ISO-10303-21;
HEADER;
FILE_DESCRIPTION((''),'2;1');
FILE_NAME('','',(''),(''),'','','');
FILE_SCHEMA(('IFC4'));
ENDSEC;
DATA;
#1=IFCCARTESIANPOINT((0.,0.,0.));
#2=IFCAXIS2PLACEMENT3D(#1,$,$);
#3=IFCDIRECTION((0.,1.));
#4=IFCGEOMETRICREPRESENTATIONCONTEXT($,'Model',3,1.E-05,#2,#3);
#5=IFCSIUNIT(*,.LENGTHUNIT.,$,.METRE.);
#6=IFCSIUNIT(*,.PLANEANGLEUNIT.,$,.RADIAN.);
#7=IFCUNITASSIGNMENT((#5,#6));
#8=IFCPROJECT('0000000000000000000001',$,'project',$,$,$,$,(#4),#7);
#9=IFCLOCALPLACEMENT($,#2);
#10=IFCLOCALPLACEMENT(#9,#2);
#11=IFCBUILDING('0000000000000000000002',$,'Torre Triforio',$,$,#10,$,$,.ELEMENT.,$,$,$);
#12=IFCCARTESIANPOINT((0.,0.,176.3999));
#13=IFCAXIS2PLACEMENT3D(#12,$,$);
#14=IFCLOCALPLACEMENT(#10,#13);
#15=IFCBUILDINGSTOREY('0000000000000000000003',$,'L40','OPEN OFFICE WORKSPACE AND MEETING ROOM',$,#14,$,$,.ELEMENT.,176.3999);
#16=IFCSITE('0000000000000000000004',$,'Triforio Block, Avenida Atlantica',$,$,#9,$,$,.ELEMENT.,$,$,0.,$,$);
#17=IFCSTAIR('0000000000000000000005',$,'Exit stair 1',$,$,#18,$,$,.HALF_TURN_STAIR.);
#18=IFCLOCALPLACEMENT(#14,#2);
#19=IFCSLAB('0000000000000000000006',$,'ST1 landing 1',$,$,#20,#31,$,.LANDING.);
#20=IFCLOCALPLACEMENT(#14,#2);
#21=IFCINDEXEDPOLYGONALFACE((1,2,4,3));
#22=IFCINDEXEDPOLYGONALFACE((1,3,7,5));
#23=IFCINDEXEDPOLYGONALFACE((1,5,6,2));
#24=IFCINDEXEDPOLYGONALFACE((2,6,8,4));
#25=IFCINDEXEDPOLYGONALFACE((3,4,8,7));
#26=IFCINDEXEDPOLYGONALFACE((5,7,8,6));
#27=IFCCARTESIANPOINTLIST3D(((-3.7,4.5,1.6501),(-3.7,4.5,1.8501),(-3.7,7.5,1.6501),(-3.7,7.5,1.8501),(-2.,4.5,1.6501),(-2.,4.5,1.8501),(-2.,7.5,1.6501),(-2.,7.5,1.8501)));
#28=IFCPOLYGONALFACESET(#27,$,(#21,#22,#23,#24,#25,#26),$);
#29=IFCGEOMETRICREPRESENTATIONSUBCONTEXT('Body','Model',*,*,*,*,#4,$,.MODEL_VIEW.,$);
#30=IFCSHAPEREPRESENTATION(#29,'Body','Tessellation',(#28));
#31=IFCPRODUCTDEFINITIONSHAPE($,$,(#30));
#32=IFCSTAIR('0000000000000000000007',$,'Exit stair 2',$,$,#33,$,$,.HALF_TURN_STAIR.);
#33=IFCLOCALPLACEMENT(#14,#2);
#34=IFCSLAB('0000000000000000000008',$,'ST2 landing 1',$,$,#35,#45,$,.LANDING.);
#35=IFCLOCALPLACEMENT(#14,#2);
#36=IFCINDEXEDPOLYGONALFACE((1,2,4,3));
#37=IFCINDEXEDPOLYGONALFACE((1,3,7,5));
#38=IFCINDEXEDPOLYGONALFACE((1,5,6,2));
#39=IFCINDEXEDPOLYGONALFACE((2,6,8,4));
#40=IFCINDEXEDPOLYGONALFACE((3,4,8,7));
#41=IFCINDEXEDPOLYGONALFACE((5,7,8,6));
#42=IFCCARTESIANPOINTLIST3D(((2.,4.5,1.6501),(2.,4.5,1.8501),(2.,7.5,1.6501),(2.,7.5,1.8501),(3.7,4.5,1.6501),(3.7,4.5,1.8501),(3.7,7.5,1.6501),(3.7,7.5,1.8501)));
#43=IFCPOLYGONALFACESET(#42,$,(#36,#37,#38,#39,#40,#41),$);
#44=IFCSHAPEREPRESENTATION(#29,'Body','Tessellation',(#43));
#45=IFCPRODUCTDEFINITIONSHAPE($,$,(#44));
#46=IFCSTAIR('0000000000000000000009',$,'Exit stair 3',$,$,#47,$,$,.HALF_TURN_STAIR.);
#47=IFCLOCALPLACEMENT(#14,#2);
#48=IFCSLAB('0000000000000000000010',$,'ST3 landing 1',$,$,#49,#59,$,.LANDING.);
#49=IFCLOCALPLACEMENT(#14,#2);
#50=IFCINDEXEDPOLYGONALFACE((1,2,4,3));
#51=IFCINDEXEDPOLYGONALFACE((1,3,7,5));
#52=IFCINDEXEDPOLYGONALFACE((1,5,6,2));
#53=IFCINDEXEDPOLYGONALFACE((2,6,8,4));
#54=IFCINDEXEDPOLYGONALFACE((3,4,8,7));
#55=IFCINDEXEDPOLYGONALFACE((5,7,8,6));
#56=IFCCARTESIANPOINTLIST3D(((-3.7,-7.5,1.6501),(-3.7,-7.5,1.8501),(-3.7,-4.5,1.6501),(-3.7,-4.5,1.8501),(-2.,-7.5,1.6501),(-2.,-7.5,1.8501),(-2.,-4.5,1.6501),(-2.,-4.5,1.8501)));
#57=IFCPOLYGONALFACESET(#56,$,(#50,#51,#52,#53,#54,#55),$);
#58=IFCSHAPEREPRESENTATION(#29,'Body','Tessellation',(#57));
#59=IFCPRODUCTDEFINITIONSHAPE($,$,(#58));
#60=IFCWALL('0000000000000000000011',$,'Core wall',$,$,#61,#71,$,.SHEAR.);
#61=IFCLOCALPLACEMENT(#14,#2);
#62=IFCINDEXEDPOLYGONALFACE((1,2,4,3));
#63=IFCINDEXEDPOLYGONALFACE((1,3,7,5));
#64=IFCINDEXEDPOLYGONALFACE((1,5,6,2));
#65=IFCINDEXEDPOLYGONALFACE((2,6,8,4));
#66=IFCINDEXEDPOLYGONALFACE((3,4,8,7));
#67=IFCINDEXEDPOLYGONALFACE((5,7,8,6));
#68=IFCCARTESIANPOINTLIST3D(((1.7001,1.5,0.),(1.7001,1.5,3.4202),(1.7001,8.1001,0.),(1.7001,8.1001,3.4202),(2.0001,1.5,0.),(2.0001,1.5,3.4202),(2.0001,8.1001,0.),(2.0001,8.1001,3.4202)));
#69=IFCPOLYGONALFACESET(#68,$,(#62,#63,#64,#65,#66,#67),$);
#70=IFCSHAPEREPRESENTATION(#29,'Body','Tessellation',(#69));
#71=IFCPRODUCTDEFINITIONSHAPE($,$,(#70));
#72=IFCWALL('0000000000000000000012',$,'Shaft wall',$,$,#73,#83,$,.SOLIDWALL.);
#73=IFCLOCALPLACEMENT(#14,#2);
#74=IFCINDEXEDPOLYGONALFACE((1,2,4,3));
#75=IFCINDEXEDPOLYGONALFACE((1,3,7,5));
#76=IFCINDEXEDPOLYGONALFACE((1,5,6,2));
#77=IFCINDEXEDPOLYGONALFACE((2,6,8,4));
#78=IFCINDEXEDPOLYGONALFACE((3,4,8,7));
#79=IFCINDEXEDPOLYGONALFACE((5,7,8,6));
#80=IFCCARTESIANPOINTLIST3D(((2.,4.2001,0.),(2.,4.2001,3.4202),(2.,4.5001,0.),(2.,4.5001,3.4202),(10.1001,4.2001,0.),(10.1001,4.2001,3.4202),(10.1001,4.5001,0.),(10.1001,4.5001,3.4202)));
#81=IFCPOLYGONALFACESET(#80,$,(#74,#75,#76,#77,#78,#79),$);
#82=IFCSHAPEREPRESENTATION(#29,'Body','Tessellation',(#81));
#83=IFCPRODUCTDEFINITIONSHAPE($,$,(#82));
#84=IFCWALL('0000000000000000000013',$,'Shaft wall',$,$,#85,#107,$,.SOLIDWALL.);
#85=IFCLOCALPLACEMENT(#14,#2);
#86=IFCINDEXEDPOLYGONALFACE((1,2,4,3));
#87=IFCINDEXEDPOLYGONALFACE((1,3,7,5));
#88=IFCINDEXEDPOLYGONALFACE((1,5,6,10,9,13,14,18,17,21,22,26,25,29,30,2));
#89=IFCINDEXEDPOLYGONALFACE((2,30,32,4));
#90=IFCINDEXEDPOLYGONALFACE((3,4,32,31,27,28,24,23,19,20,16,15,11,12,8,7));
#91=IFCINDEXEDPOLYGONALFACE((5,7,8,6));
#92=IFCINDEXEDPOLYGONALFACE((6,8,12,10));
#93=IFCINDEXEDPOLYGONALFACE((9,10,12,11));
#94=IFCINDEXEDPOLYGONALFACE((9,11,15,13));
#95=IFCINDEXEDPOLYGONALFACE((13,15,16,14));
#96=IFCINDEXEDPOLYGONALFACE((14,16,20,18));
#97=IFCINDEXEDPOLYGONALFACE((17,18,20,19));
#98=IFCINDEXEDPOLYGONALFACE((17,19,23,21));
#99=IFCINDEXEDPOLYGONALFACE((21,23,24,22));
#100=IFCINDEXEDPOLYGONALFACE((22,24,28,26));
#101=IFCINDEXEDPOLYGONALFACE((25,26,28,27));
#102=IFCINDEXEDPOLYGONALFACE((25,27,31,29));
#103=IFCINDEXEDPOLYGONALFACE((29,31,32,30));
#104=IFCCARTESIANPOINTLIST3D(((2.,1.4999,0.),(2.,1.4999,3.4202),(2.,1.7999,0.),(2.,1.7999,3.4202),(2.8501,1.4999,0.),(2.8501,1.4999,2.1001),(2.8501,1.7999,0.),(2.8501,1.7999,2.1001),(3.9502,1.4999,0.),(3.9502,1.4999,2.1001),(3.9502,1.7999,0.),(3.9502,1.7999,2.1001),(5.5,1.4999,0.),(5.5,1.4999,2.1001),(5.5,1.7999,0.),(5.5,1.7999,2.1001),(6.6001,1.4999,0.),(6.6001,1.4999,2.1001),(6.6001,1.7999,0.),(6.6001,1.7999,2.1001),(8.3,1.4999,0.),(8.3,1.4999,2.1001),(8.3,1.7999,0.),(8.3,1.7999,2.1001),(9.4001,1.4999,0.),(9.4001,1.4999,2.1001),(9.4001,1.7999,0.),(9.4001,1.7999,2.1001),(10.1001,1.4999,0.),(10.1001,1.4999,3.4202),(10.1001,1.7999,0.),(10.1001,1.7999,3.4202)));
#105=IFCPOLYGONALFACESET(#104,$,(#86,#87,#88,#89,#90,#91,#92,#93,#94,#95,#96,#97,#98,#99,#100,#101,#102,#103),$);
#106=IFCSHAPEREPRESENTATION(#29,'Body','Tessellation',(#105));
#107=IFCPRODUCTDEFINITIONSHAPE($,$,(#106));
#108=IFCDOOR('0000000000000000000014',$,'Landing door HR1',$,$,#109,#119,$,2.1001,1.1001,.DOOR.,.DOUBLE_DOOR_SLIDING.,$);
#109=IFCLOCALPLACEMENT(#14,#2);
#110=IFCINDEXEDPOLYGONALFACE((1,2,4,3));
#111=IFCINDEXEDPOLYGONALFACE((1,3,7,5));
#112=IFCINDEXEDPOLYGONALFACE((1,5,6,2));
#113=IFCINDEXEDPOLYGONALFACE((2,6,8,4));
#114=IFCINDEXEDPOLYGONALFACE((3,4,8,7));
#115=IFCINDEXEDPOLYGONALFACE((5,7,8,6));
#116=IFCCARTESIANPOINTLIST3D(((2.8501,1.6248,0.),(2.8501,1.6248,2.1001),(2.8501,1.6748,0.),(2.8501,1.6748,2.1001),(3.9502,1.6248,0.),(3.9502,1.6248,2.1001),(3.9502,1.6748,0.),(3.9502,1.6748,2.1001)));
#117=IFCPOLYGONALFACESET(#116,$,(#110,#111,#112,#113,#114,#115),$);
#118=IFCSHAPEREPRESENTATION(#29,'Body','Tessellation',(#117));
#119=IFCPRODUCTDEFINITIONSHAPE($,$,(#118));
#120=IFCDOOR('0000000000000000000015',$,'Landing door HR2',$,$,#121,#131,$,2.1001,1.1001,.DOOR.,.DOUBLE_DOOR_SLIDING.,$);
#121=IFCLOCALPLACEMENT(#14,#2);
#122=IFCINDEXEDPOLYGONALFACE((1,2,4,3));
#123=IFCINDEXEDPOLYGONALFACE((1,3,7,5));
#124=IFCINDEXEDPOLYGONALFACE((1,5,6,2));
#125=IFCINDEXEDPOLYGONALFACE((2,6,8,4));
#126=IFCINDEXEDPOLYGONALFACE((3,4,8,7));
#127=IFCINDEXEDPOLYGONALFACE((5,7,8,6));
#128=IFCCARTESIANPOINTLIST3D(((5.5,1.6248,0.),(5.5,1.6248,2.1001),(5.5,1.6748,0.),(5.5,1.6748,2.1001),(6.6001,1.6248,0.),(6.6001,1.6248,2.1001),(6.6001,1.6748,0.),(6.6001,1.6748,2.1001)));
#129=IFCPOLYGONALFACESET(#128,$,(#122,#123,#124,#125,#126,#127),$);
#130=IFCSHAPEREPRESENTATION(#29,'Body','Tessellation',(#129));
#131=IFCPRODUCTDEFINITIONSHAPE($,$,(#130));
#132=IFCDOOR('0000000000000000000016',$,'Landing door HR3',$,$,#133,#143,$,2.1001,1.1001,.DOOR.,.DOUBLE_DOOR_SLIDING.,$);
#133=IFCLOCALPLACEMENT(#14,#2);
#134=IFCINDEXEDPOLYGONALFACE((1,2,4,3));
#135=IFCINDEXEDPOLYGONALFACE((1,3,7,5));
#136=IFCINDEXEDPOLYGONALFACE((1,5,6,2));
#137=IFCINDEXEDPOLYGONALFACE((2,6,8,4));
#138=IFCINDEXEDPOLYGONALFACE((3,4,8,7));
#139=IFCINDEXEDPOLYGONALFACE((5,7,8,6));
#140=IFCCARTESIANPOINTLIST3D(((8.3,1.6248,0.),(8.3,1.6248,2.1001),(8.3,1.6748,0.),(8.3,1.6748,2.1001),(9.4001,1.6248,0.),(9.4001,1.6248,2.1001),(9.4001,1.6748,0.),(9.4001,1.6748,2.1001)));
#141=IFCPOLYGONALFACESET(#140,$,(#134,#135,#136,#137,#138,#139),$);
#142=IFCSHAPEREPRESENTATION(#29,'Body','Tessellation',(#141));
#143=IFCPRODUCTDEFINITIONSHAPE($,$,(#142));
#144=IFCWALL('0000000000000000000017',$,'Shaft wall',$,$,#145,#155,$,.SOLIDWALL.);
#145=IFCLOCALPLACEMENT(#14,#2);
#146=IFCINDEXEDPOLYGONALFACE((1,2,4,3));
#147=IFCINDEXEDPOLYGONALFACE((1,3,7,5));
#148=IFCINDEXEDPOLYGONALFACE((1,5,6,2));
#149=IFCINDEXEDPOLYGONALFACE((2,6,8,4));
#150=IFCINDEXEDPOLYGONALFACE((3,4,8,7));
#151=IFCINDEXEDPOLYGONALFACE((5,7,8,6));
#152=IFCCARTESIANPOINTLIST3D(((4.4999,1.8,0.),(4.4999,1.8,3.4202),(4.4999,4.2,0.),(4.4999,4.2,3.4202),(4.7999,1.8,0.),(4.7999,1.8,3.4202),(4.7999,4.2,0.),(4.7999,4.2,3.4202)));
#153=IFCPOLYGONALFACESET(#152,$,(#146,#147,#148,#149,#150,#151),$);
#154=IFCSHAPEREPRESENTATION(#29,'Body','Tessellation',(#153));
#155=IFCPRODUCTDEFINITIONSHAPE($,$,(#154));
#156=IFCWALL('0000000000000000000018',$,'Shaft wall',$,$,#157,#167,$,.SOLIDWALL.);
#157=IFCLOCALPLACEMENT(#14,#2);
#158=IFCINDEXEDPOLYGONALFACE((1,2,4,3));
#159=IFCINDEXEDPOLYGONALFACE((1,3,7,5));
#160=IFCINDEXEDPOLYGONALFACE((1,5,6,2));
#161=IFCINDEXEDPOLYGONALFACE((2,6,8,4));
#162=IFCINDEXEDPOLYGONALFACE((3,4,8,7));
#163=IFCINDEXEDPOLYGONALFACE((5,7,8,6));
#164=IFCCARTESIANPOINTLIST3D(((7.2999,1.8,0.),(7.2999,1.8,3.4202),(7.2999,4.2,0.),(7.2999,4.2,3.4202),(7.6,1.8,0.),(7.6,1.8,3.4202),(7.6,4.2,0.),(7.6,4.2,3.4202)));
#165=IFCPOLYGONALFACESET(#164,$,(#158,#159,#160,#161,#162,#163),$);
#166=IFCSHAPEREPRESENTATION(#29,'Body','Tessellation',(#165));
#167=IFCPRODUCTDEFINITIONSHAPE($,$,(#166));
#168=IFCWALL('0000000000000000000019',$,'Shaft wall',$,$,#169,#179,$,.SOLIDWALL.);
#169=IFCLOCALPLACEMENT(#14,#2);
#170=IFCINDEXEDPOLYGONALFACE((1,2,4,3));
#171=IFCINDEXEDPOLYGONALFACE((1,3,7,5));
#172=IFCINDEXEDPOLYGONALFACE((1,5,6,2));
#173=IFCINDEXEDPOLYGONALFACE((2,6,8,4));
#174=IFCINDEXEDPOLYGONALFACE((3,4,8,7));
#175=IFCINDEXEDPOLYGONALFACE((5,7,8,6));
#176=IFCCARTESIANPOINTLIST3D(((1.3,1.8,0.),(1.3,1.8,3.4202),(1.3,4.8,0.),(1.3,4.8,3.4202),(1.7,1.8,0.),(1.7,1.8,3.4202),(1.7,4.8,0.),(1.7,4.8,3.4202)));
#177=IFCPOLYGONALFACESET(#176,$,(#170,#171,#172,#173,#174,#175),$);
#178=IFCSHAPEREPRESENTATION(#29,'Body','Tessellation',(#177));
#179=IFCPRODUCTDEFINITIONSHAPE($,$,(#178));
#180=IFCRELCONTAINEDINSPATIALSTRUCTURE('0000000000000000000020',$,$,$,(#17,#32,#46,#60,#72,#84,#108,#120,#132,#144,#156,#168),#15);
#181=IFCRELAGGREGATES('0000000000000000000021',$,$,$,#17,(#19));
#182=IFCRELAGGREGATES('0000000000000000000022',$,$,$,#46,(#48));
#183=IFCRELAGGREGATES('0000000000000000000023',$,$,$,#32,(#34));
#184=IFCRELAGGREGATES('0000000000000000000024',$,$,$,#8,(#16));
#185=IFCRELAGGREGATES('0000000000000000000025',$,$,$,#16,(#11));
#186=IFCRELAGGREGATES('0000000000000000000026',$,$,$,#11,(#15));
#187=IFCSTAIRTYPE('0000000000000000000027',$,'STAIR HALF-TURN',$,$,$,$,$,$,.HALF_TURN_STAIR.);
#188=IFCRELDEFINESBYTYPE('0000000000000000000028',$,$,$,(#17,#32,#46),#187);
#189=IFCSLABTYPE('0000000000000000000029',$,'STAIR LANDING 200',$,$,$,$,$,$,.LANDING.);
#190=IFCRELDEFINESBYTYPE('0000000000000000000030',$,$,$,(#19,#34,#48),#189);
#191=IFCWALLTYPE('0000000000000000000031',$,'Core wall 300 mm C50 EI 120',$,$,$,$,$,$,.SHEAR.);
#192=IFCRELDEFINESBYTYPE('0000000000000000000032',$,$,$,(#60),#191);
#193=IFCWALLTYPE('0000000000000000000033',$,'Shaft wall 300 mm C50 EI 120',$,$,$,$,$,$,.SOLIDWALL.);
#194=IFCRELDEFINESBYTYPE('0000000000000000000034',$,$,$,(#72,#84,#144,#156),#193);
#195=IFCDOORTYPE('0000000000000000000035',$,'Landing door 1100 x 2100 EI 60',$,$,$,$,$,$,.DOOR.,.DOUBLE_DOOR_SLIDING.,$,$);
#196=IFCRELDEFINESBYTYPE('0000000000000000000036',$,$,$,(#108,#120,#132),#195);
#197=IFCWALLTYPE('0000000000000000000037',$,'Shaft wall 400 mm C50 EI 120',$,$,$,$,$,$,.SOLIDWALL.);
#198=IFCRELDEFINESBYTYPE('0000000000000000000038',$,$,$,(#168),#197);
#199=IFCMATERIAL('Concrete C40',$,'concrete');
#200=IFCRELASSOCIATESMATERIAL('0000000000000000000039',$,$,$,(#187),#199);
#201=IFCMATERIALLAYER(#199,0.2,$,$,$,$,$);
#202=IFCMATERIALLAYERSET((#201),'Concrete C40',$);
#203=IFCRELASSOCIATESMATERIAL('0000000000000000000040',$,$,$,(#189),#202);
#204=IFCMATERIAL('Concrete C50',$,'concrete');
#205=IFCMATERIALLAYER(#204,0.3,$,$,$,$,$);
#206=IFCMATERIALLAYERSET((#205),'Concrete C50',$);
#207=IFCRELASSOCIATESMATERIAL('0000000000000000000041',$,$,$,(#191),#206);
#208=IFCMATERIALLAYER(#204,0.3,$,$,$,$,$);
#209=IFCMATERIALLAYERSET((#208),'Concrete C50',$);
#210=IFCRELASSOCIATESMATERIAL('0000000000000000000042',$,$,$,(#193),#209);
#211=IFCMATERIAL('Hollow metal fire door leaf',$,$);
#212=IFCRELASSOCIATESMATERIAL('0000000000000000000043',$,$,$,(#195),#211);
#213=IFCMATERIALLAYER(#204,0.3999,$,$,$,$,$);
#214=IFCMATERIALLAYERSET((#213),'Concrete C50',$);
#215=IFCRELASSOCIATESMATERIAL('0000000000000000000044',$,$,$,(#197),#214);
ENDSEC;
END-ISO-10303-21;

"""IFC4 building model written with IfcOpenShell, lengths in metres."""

from ifc_helpers import new_model, si_unit, direction, frame, frame_2d, origin, place, context, subcontext, project, spatial, polyline, rectangle, outline, extrude, material, layer, layer_set, type_object, element, fill, aggregate, save


model = new_model("IFC4")

# Units and contexts
model_context = context("Model", 3, precision=1e-05, world=origin(), true_north=direction((0.0, 1.0)))
body_context = subcontext(model_context, "Body", "Model", "MODEL_VIEW")
ifc_project = project(units=[si_unit("LENGTHUNIT", "METRE"), si_unit("PLANEANGLEUNIT", "RADIAN")], contexts=[model_context])

# Site, building, storey
site_placement = place(None, origin())
site = spatial("IfcSite", under=ifc_project, at=site_placement, Name="Triforio Block, Avenida Atlantica", CompositionType="ELEMENT", RefElevation=0.0)
building_placement = place(site_placement, origin())
building = spatial("IfcBuilding", under=site, at=building_placement, Name="Torre Triforio", CompositionType="ELEMENT")
storey_placement = place(building_placement, frame((0.0, 0.0, 176.3999)))
storey = spatial("IfcBuildingStorey", under=building, at=storey_placement, Name="L40", Description="OPEN OFFICE WORKSPACE AND MEETING ROOM", CompositionType="ELEMENT", Elevation=176.3999)

# Stairs, slabs
ifc_material_1 = material(Name="Concrete C40", Category="concrete")
stair_type = type_object("IfcStairType", Name="STAIR HALF-TURN", PredefinedType="HALF_TURN_STAIR", material=ifc_material_1)
stair_1_placement = place(storey_placement, origin())
stair_1 = element("IfcStair", 1, at=stair_1_placement, inside=storey, type_object=stair_type, Name="Exit stair 1", PredefinedType="HALF_TURN_STAIR")
ifc_layer_1 = layer(ifc_material_1, 0.2)
ifc_layer_set_1 = layer_set([ifc_layer_1], Name="Concrete C40")
slab_type = type_object("IfcSlabType", Name="STAIR LANDING 200", PredefinedType="LANDING", material=ifc_layer_set_1)
slab_1_placement = place(storey_placement, frame((0.0, 0.0, 1.6501)))
slab_1 = element("IfcSlab", 2, at=slab_1_placement, type_object=slab_type, Name="ST1 landing 1", PredefinedType="LANDING", context=body_context, shape_type="SweptSolid", body=[
    extrude(outline(polyline([(-2.0, 4.5), (-2.0, 7.5), (-3.7, 7.5), (-3.7, 4.5), (-2.0, 4.5)])), origin(), (0.0, 0.0, 1.0), 0.2),
])
aggregate(stair_1, [slab_1])
stair_2_placement = place(storey_placement, origin())
stair_2 = element("IfcStair", 3, at=stair_2_placement, inside=storey, type_object=stair_type, Name="Exit stair 2", PredefinedType="HALF_TURN_STAIR")
slab_2_placement = place(storey_placement, frame((0.0, 0.0, 1.6501)))
slab_2 = element("IfcSlab", 4, at=slab_2_placement, type_object=slab_type, Name="ST2 landing 1", PredefinedType="LANDING", context=body_context, shape_type="SweptSolid", body=[
    extrude(outline(polyline([(3.7, 4.5), (3.7, 7.5), (2.0, 7.5), (2.0, 4.5), (3.7, 4.5)])), origin(), (0.0, 0.0, 1.0), 0.2),
])
stair_3_placement = place(storey_placement, origin())
stair_3 = element("IfcStair", 5, at=stair_3_placement, inside=storey, type_object=stair_type, Name="Exit stair 3", PredefinedType="HALF_TURN_STAIR")
slab_3_placement = place(storey_placement, frame((0.0, 0.0, 1.6501)))
slab_3 = element("IfcSlab", 6, at=slab_3_placement, type_object=slab_type, Name="ST3 landing 1", PredefinedType="LANDING", context=body_context, shape_type="SweptSolid", body=[
    extrude(outline(polyline([(-2.0, -7.5), (-2.0, -4.5), (-3.7, -4.5), (-3.7, -7.5), (-2.0, -7.5)])), origin(), (0.0, 0.0, 1.0), 0.2),
])
aggregate(stair_3, [slab_3])

# Walls
ifc_material_2 = material(Name="Concrete C50", Category="concrete")
ifc_layer_2 = layer(ifc_material_2, 0.3)
ifc_layer_set_2 = layer_set([ifc_layer_2], Name="Concrete C50")
wall_type_1 = type_object("IfcWallType", Name="Core wall 300 mm C50 EI 120", PredefinedType="SHEAR", material=ifc_layer_set_2)
wall_1_placement = place(storey_placement, frame((1.8501, 1.5, 0.0), z_axis=(0.0, 0.0, 1.0), x_axis=(0.0, 1.0, 0.0)))
element("IfcWall", 7, at=wall_1_placement, inside=storey, type_object=wall_type_1, Name="Core wall", PredefinedType="SHEAR", context=body_context, shape_type="SweptSolid", body=[
    extrude(rectangle(XDim=6.6001, YDim=0.3, at=frame_2d((3.3, 0.0))), origin(), (0.0, 0.0, 1.0), 3.4202),
])
ifc_layer_3 = layer(ifc_material_2, 0.3)
ifc_layer_set_3 = layer_set([ifc_layer_3], Name="Concrete C50")
wall_type_2 = type_object("IfcWallType", Name="Shaft wall 300 mm C50 EI 120", PredefinedType="SOLIDWALL", material=ifc_layer_set_3)
wall_2_placement = place(storey_placement, frame((2.0, 4.3501, 0.0), z_axis=(0.0, 0.0, 1.0), x_axis=(1.0, 0.0, 0.0)))
element("IfcWall", 8, at=wall_2_placement, inside=storey, type_object=wall_type_2, Name="Shaft wall", PredefinedType="SOLIDWALL", context=body_context, shape_type="SweptSolid", body=[
    extrude(rectangle(XDim=8.1001, YDim=0.3, at=frame_2d((4.05, 0.0))), origin(), (0.0, 0.0, 1.0), 3.4202),
])

# Wall, openings, doors
wall_3_placement = place(storey_placement, frame((2.0, 1.6499, 0.0), z_axis=(0.0, 0.0, 1.0), x_axis=(1.0, 0.0, 0.0)))
wall_3 = element("IfcWall", 9, at=wall_3_placement, inside=storey, type_object=wall_type_2, Name="Shaft wall", PredefinedType="SOLIDWALL", context=body_context, shape_type="SweptSolid", body=[
    extrude(rectangle(XDim=8.1001, YDim=0.3, at=frame_2d((4.05, 0.0))), origin(), (0.0, 0.0, 1.0), 3.4202),
])
opening_1_placement = place(wall_3_placement, frame((0.8501, 0.0, 0.0)))
opening_1 = element("IfcOpeningElement", 10, at=opening_1_placement, cuts=wall_3, PredefinedType="OPENING", context=body_context, shape_type="SweptSolid", body=[
    extrude(rectangle(XDim=1.1001, YDim=2.1001, at=frame_2d((0.55, 1.05))), frame((0.0, 0.1599, 0.0), z_axis=(0.0, -1.0, 0.0), x_axis=(1.0, 0.0, 0.0)), (0.0, 0.0, 1.0), 0.3201),
])
opening_2_placement = place(wall_3_placement, frame((3.5, 0.0, 0.0)))
opening_2 = element("IfcOpeningElement", 11, at=opening_2_placement, cuts=wall_3, PredefinedType="OPENING", context=body_context, shape_type="SweptSolid", body=[
    extrude(rectangle(XDim=1.1001, YDim=2.1001, at=frame_2d((0.55, 1.05))), frame((0.0, 0.1599, 0.0), z_axis=(0.0, -1.0, 0.0), x_axis=(1.0, 0.0, 0.0)), (0.0, 0.0, 1.0), 0.3201),
])
opening_3_placement = place(wall_3_placement, frame((6.3, 0.0, 0.0)))
opening_3 = element("IfcOpeningElement", 12, at=opening_3_placement, cuts=wall_3, PredefinedType="OPENING", context=body_context, shape_type="SweptSolid", body=[
    extrude(rectangle(XDim=1.1001, YDim=2.1001, at=frame_2d((0.55, 1.05))), frame((0.0, 0.1599, 0.0), z_axis=(0.0, -1.0, 0.0), x_axis=(1.0, 0.0, 0.0)), (0.0, 0.0, 1.0), 0.3201),
])
ifc_material_3 = material(Name="Hollow metal fire door leaf")
door_type = type_object("IfcDoorType", Name="Landing door 1100 x 2100 EI 60", OperationType="DOUBLE_DOOR_SLIDING", PredefinedType="DOOR", material=ifc_material_3)
door_1_placement = place(opening_1_placement, origin())
door_1 = element("IfcDoor", 13, at=door_1_placement, inside=storey, type_object=door_type, Name="Landing door HR1", OperationType="DOUBLE_DOOR_SLIDING", OverallHeight=2.1001, OverallWidth=1.1001, PredefinedType="DOOR", context=body_context, shape_type="SweptSolid", body=[
    extrude(rectangle(XDim=1.1001, YDim=2.1001, at=frame_2d((0.55, 1.05))), frame((0.0, 0.0249, 0.0), z_axis=(0.0, -1.0, 0.0), x_axis=(1.0, 0.0, 0.0)), (0.0, 0.0, 1.0), 0.05),
])
fill(opening_1, door_1)
door_2_placement = place(opening_2_placement, origin())
door_2 = element("IfcDoor", 14, at=door_2_placement, inside=storey, type_object=door_type, Name="Landing door HR2", OperationType="DOUBLE_DOOR_SLIDING", OverallHeight=2.1001, OverallWidth=1.1001, PredefinedType="DOOR", context=body_context, shape_type="SweptSolid", body=[
    extrude(rectangle(XDim=1.1001, YDim=2.1001, at=frame_2d((0.55, 1.05))), frame((0.0, 0.0249, 0.0), z_axis=(0.0, -1.0, 0.0), x_axis=(1.0, 0.0, 0.0)), (0.0, 0.0, 1.0), 0.05),
])
fill(opening_2, door_2)
door_3_placement = place(opening_3_placement, origin())
door_3 = element("IfcDoor", 15, at=door_3_placement, inside=storey, type_object=door_type, Name="Landing door HR3", OperationType="DOUBLE_DOOR_SLIDING", OverallHeight=2.1001, OverallWidth=1.1001, PredefinedType="DOOR", context=body_context, shape_type="SweptSolid", body=[
    extrude(rectangle(XDim=1.1001, YDim=2.1001, at=frame_2d((0.55, 1.05))), frame((0.0, 0.0249, 0.0), z_axis=(0.0, -1.0, 0.0), x_axis=(1.0, 0.0, 0.0)), (0.0, 0.0, 1.0), 0.05),
])
fill(opening_3, door_3)

# Walls
for number, where, z_axis, x_axis, name in (
    (16, (4.6499, 1.8, 0.0), (0.0, 0.0, 1.0), (0.0, 1.0, 0.0), "Shaft wall"),
    (17, (7.45, 1.8, 0.0), (0.0, 0.0, 1.0), (0.0, 1.0, 0.0), "Shaft wall"),
):
    element("IfcWall", number, at=place(storey_placement, frame(where, z_axis=z_axis, x_axis=x_axis)), inside=storey, type_object=wall_type_2, Name=name, PredefinedType="SOLIDWALL", context=body_context, shape_type="SweptSolid", body=[
        extrude(rectangle(XDim=2.3999, YDim=0.3, at=frame_2d((1.2, 0.0))), origin(), (0.0, 0.0, 1.0), 3.4202),
    ])
ifc_layer_4 = layer(ifc_material_2, 0.3999)
ifc_layer_set_4 = layer_set([ifc_layer_4], Name="Concrete C50")
wall_type_3 = type_object("IfcWallType", Name="Shaft wall 400 mm C50 EI 120", PredefinedType="SOLIDWALL", material=ifc_layer_set_4)
wall_4_placement = place(storey_placement, frame((1.5, 1.8, 0.0), z_axis=(0.0, 0.0, 1.0), x_axis=(0.0, 1.0, 0.0)))
element("IfcWall", 18, at=wall_4_placement, inside=storey, type_object=wall_type_3, Name="Shaft wall", PredefinedType="SOLIDWALL", context=body_context, shape_type="SweptSolid", body=[
    extrude(rectangle(XDim=3.0, YDim=0.3999, at=frame_2d((1.5, 0.0))), origin(), (0.0, 0.0, 1.0), 3.4202),
])

aggregate(stair_2, [slab_2])

save(model, "model.ifc")
